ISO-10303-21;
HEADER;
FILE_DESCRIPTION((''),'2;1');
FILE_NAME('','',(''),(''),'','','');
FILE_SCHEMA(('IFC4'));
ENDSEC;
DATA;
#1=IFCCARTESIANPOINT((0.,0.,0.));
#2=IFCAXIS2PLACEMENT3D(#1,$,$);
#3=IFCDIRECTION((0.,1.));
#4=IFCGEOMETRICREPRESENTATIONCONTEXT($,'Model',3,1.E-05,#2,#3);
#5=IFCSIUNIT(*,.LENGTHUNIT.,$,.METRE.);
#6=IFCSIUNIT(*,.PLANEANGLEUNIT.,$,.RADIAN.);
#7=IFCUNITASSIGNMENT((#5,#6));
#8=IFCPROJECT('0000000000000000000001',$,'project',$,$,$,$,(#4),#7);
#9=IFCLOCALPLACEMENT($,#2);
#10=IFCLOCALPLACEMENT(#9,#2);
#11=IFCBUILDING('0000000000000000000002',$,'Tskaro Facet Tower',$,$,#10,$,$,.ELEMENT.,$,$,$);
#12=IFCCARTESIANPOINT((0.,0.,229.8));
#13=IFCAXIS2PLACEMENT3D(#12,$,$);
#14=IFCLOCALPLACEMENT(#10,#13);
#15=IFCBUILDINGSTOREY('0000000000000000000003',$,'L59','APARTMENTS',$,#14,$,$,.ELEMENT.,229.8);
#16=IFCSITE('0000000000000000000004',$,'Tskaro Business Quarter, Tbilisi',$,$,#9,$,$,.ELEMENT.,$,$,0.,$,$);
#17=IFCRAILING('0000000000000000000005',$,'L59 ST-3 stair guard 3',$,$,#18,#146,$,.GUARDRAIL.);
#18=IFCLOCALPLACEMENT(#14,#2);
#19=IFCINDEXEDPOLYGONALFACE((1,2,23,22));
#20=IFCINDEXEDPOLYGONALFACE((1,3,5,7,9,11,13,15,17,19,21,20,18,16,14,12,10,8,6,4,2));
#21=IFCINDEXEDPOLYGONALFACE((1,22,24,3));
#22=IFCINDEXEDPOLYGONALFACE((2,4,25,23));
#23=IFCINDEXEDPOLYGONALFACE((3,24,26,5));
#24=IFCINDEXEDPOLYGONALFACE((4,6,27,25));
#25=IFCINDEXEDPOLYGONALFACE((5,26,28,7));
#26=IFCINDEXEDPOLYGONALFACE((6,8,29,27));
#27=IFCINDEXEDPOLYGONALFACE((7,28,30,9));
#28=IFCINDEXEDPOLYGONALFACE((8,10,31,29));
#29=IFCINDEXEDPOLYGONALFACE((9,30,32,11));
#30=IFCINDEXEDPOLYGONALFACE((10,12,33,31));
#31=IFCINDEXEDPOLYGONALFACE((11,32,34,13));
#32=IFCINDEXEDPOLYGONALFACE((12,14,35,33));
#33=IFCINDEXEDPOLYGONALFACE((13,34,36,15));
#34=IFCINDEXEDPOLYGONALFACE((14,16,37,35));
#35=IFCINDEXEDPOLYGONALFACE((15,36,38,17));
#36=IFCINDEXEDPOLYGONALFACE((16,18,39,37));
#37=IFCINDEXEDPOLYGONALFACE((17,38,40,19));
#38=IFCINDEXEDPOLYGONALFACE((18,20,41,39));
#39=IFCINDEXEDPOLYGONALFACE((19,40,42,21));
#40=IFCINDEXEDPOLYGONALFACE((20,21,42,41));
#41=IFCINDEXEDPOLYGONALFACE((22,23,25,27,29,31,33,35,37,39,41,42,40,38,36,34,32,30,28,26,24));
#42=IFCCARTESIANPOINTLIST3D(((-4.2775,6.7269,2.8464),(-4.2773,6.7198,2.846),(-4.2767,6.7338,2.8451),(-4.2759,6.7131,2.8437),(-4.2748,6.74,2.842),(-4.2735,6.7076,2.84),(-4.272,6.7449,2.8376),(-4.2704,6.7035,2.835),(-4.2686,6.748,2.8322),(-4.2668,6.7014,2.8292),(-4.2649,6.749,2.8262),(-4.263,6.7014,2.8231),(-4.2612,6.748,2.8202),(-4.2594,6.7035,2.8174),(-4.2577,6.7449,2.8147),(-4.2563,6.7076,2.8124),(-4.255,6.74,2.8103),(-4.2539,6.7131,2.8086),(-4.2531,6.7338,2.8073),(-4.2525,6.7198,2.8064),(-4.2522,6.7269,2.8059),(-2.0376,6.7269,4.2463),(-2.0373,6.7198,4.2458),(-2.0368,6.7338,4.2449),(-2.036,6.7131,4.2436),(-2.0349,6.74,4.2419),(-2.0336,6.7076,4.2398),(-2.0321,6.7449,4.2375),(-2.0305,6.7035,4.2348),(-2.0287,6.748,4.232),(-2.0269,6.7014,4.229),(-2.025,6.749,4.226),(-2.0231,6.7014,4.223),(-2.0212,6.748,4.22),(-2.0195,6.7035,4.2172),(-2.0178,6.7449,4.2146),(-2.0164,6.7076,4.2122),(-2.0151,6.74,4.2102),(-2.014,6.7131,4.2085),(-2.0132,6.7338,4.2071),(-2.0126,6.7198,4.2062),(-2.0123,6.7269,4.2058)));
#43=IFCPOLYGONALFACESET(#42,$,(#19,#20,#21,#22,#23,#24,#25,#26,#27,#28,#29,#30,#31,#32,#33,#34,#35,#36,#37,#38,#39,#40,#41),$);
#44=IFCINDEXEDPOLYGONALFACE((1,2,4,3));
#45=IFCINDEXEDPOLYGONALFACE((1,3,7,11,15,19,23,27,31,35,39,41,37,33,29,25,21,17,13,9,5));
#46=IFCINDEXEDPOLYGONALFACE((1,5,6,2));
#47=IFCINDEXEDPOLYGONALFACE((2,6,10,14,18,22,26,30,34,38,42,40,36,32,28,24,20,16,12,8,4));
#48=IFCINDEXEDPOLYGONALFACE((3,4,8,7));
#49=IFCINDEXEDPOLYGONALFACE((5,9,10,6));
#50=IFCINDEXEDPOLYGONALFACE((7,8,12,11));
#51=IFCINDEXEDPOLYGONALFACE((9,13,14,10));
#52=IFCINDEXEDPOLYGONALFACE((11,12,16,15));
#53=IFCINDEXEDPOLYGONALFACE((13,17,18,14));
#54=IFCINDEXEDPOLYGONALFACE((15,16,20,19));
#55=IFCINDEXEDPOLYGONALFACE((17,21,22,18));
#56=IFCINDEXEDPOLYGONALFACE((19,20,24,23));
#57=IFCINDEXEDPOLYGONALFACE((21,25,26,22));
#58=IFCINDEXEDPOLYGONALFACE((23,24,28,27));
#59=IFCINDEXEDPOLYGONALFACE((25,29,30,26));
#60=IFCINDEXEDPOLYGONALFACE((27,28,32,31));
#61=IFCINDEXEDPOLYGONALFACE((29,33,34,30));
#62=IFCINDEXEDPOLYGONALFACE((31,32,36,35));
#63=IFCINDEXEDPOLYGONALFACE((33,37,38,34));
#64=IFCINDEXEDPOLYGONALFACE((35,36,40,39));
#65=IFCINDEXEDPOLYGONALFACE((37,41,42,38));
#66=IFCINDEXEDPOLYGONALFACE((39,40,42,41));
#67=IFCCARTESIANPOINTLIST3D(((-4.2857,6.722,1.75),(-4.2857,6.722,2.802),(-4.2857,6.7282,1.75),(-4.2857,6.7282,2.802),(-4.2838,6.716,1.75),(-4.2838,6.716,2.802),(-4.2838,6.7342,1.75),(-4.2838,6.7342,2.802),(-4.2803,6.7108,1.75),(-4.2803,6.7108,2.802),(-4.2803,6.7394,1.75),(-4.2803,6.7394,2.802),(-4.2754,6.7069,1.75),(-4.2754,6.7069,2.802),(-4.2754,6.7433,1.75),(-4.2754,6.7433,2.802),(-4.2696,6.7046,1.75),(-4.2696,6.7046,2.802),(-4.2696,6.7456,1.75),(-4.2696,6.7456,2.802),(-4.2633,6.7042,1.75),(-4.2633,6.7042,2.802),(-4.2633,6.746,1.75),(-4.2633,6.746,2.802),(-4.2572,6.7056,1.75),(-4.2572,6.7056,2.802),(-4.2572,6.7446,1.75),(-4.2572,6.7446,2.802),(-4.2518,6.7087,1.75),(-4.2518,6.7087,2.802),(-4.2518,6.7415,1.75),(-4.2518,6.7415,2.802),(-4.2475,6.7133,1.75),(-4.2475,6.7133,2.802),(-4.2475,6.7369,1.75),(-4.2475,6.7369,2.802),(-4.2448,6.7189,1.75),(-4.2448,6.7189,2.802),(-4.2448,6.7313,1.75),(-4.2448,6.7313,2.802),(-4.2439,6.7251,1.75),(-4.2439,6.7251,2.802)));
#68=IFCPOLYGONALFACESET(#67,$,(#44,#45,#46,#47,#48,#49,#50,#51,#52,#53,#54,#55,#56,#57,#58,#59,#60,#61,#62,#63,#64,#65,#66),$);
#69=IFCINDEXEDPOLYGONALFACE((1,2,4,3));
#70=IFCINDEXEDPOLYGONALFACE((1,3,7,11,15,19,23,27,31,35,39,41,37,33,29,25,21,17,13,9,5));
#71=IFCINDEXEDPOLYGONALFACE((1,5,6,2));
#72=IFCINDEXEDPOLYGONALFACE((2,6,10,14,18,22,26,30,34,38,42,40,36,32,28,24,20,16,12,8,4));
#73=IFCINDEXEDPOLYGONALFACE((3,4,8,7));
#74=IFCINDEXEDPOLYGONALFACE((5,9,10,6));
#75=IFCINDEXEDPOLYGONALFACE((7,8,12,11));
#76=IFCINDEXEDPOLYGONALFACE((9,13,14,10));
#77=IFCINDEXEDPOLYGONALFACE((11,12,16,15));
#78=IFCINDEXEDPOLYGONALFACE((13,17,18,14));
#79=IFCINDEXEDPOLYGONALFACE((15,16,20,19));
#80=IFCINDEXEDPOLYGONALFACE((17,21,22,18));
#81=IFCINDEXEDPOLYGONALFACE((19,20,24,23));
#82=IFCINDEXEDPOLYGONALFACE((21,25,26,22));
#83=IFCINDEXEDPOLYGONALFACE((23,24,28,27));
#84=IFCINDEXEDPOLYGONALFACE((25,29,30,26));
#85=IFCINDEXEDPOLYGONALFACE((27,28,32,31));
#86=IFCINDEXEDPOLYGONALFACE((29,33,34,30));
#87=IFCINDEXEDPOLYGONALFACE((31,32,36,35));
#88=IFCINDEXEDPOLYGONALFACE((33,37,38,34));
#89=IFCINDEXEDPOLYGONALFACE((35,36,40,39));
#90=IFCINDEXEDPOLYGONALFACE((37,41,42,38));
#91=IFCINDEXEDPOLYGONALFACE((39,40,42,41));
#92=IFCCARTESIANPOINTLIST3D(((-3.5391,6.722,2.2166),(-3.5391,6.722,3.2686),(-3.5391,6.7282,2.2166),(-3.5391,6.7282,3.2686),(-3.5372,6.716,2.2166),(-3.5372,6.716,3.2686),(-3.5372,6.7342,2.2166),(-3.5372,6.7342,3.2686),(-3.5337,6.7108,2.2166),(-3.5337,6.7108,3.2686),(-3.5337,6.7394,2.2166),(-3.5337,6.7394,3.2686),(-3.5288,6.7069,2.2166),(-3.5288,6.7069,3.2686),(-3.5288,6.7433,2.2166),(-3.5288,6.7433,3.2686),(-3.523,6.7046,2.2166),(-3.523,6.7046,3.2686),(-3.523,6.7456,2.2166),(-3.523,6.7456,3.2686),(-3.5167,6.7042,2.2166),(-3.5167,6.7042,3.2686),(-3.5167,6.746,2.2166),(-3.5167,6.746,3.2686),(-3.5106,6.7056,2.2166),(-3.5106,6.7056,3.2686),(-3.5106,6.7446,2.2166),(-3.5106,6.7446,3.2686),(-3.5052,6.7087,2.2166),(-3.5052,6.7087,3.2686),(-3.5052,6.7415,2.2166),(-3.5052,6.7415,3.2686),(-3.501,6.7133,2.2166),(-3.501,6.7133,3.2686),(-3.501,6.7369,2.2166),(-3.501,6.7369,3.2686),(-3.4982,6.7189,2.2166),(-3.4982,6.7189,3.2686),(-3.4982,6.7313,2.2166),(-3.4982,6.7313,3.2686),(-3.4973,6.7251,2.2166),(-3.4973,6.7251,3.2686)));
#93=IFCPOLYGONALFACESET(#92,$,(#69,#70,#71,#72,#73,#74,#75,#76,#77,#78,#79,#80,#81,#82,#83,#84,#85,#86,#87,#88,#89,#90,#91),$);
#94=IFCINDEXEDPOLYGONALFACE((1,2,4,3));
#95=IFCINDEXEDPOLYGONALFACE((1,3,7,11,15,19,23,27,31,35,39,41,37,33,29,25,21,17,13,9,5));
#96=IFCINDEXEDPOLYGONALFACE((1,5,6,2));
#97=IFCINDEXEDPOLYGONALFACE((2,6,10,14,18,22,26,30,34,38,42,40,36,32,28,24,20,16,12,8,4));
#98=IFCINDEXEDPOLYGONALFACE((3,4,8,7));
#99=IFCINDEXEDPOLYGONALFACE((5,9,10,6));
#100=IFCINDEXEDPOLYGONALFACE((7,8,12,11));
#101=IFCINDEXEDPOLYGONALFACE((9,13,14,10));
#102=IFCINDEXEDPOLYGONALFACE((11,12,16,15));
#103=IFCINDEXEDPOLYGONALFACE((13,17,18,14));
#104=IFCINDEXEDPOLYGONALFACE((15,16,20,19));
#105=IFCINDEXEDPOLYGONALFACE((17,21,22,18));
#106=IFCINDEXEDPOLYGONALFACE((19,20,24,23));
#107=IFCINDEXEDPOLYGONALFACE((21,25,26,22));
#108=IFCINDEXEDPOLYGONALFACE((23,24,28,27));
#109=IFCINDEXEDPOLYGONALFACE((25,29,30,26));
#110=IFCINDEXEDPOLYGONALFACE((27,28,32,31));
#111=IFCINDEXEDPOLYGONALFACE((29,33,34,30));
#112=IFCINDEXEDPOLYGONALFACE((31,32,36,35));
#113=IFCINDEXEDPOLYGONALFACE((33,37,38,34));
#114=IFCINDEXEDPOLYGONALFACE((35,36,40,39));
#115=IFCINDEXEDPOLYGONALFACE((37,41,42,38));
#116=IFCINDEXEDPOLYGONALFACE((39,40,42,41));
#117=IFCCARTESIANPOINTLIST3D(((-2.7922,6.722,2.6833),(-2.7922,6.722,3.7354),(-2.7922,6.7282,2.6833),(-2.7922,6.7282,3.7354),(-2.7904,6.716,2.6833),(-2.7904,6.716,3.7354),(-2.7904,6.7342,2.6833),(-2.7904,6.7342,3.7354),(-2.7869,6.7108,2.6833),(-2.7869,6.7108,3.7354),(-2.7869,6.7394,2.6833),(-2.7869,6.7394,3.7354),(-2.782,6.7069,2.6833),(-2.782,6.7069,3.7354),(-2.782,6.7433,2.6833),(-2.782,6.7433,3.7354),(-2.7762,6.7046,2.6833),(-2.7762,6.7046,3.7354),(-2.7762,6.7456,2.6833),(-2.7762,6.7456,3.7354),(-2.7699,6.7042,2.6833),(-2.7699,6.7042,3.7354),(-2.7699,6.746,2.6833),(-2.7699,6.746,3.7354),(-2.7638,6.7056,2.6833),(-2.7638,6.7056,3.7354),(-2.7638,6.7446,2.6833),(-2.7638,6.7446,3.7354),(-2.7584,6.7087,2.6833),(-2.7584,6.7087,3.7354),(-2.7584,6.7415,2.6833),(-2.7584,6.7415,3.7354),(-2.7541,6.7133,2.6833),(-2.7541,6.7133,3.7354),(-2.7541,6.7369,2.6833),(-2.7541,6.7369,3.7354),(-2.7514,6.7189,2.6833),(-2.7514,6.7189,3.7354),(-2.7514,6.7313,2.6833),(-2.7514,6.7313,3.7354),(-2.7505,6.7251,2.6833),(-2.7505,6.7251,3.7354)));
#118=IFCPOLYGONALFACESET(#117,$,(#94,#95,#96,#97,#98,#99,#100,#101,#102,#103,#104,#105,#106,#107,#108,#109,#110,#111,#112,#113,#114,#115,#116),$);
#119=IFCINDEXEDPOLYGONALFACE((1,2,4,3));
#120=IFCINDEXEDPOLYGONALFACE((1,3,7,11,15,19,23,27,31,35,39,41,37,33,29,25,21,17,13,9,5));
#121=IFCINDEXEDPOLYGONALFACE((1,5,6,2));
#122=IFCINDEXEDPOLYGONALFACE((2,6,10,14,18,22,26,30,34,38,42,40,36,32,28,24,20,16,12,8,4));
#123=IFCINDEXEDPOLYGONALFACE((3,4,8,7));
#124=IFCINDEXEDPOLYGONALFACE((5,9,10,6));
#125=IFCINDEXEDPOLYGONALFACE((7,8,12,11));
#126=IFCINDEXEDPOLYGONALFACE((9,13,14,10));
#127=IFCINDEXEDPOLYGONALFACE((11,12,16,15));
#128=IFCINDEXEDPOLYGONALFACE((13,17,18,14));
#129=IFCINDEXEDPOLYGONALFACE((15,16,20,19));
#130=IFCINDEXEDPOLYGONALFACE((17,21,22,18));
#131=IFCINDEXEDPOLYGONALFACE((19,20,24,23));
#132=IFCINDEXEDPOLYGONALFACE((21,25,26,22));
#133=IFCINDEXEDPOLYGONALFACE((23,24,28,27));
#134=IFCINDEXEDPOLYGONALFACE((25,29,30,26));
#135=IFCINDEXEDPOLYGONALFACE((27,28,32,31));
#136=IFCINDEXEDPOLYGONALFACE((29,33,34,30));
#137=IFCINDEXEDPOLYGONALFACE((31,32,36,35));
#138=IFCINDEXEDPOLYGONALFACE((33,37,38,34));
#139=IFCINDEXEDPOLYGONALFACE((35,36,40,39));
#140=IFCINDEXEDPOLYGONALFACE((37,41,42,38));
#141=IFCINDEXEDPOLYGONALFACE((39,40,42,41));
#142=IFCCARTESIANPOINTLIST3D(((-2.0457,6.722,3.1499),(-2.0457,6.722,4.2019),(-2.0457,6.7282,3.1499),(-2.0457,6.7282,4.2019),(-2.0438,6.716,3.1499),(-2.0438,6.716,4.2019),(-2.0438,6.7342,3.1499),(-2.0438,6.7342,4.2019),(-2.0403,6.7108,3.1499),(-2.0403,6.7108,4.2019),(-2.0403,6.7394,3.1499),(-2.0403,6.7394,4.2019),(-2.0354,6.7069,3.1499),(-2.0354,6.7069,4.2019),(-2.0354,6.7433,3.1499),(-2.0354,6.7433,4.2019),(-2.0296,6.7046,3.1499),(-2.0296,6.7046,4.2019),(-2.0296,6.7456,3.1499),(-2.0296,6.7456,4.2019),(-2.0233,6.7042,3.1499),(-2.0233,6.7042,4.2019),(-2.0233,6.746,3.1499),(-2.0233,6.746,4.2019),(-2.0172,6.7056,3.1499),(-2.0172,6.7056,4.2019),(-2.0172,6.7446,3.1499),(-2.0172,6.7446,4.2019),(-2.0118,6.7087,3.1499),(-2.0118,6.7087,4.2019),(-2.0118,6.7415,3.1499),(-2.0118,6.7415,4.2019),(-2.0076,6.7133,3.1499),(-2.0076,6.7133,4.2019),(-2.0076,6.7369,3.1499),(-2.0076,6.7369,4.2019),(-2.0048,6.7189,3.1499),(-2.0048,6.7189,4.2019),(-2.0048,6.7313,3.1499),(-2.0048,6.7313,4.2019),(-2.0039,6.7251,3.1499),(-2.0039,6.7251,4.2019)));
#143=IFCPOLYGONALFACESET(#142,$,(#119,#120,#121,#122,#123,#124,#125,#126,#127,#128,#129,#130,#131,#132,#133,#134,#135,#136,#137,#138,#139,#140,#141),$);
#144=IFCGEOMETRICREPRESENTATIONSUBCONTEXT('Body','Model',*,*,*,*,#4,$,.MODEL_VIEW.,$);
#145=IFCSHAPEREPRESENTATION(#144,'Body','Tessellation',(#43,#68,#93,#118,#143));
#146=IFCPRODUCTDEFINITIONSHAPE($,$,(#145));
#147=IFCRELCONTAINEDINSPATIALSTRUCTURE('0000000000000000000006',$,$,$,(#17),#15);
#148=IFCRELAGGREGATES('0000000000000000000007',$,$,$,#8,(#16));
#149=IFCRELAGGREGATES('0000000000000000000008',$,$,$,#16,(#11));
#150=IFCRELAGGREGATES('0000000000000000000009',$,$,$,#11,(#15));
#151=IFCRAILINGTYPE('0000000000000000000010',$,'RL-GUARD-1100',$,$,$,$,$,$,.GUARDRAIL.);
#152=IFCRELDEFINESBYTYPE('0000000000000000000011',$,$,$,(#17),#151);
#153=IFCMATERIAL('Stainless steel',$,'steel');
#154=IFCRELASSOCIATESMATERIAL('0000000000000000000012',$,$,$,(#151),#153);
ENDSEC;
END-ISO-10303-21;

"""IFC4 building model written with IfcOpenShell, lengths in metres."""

from ifc_helpers import new_model, si_unit, direction, frame, origin, origin_2d, place, context, subcontext, project, spatial, circle, extrude, material, type_object, element, save


model = new_model("IFC4")

# Units and contexts
model_context = context("Model", 3, precision=1e-05, world=origin(), true_north=direction((0.0, 1.0)))
body_context = subcontext(model_context, "Body", "Model", "MODEL_VIEW")
ifc_project = project(units=[si_unit("LENGTHUNIT", "METRE"), si_unit("PLANEANGLEUNIT", "RADIAN")], contexts=[model_context])

# Site, building, storey
site_placement = place(None, origin())
site = spatial("IfcSite", under=ifc_project, at=site_placement, Name="Tskaro Business Quarter, Tbilisi", CompositionType="ELEMENT", RefElevation=0.0)
building_placement = place(site_placement, origin())
building = spatial("IfcBuilding", under=site, at=building_placement, Name="Tskaro Facet Tower", CompositionType="ELEMENT")
storey_placement = place(building_placement, frame((0.0, 0.0, 229.8)))
storey = spatial("IfcBuildingStorey", under=building, at=storey_placement, Name="L59", Description="APARTMENTS", CompositionType="ELEMENT", Elevation=229.8)

# Railing
ifc_material_1 = material(Name="Stainless steel", Category="steel")
railing_type_1 = type_object("IfcRailingType", Name="RL-GUARD-1100", PredefinedType="GUARDRAIL", material=ifc_material_1)
railing_1_placement = place(storey_placement, frame((-4.2649, 6.7251, 1.75)))
element("IfcRailing", 1, at=railing_1_placement, inside=storey, type_object=railing_type_1, Name="L59 ST-3 stair guard 3", PredefinedType="GUARDRAIL", context=body_context, shape_type="SweptSolid", body=[
    extrude(circle(Radius=0.0239, at=origin_2d()), frame((0.0, 0.0, 1.0762), z_axis=(0.848014, 0.0, 0.529974), x_axis=(0.0, 1.0, 0.0)), (0.0, 0.0, 1.0), 2.6414),
    extrude(circle(Radius=0.021, at=origin_2d()), origin(), (0.0, 0.0, 1.0), 1.052),
    extrude(circle(Radius=0.021, at=origin_2d()), frame((0.7466, 0.0, 0.4666)), (0.0, 0.0, 1.0), 1.052),
    extrude(circle(Radius=0.021, at=origin_2d()), frame((1.4934, 0.0, 0.9333)), (0.0, 0.0, 1.0), 1.052),
    extrude(circle(Radius=0.021, at=origin_2d()), frame((2.24, 0.0, 1.3999)), (0.0, 0.0, 1.0), 1.052),
])

save(model, "model.ifc")
